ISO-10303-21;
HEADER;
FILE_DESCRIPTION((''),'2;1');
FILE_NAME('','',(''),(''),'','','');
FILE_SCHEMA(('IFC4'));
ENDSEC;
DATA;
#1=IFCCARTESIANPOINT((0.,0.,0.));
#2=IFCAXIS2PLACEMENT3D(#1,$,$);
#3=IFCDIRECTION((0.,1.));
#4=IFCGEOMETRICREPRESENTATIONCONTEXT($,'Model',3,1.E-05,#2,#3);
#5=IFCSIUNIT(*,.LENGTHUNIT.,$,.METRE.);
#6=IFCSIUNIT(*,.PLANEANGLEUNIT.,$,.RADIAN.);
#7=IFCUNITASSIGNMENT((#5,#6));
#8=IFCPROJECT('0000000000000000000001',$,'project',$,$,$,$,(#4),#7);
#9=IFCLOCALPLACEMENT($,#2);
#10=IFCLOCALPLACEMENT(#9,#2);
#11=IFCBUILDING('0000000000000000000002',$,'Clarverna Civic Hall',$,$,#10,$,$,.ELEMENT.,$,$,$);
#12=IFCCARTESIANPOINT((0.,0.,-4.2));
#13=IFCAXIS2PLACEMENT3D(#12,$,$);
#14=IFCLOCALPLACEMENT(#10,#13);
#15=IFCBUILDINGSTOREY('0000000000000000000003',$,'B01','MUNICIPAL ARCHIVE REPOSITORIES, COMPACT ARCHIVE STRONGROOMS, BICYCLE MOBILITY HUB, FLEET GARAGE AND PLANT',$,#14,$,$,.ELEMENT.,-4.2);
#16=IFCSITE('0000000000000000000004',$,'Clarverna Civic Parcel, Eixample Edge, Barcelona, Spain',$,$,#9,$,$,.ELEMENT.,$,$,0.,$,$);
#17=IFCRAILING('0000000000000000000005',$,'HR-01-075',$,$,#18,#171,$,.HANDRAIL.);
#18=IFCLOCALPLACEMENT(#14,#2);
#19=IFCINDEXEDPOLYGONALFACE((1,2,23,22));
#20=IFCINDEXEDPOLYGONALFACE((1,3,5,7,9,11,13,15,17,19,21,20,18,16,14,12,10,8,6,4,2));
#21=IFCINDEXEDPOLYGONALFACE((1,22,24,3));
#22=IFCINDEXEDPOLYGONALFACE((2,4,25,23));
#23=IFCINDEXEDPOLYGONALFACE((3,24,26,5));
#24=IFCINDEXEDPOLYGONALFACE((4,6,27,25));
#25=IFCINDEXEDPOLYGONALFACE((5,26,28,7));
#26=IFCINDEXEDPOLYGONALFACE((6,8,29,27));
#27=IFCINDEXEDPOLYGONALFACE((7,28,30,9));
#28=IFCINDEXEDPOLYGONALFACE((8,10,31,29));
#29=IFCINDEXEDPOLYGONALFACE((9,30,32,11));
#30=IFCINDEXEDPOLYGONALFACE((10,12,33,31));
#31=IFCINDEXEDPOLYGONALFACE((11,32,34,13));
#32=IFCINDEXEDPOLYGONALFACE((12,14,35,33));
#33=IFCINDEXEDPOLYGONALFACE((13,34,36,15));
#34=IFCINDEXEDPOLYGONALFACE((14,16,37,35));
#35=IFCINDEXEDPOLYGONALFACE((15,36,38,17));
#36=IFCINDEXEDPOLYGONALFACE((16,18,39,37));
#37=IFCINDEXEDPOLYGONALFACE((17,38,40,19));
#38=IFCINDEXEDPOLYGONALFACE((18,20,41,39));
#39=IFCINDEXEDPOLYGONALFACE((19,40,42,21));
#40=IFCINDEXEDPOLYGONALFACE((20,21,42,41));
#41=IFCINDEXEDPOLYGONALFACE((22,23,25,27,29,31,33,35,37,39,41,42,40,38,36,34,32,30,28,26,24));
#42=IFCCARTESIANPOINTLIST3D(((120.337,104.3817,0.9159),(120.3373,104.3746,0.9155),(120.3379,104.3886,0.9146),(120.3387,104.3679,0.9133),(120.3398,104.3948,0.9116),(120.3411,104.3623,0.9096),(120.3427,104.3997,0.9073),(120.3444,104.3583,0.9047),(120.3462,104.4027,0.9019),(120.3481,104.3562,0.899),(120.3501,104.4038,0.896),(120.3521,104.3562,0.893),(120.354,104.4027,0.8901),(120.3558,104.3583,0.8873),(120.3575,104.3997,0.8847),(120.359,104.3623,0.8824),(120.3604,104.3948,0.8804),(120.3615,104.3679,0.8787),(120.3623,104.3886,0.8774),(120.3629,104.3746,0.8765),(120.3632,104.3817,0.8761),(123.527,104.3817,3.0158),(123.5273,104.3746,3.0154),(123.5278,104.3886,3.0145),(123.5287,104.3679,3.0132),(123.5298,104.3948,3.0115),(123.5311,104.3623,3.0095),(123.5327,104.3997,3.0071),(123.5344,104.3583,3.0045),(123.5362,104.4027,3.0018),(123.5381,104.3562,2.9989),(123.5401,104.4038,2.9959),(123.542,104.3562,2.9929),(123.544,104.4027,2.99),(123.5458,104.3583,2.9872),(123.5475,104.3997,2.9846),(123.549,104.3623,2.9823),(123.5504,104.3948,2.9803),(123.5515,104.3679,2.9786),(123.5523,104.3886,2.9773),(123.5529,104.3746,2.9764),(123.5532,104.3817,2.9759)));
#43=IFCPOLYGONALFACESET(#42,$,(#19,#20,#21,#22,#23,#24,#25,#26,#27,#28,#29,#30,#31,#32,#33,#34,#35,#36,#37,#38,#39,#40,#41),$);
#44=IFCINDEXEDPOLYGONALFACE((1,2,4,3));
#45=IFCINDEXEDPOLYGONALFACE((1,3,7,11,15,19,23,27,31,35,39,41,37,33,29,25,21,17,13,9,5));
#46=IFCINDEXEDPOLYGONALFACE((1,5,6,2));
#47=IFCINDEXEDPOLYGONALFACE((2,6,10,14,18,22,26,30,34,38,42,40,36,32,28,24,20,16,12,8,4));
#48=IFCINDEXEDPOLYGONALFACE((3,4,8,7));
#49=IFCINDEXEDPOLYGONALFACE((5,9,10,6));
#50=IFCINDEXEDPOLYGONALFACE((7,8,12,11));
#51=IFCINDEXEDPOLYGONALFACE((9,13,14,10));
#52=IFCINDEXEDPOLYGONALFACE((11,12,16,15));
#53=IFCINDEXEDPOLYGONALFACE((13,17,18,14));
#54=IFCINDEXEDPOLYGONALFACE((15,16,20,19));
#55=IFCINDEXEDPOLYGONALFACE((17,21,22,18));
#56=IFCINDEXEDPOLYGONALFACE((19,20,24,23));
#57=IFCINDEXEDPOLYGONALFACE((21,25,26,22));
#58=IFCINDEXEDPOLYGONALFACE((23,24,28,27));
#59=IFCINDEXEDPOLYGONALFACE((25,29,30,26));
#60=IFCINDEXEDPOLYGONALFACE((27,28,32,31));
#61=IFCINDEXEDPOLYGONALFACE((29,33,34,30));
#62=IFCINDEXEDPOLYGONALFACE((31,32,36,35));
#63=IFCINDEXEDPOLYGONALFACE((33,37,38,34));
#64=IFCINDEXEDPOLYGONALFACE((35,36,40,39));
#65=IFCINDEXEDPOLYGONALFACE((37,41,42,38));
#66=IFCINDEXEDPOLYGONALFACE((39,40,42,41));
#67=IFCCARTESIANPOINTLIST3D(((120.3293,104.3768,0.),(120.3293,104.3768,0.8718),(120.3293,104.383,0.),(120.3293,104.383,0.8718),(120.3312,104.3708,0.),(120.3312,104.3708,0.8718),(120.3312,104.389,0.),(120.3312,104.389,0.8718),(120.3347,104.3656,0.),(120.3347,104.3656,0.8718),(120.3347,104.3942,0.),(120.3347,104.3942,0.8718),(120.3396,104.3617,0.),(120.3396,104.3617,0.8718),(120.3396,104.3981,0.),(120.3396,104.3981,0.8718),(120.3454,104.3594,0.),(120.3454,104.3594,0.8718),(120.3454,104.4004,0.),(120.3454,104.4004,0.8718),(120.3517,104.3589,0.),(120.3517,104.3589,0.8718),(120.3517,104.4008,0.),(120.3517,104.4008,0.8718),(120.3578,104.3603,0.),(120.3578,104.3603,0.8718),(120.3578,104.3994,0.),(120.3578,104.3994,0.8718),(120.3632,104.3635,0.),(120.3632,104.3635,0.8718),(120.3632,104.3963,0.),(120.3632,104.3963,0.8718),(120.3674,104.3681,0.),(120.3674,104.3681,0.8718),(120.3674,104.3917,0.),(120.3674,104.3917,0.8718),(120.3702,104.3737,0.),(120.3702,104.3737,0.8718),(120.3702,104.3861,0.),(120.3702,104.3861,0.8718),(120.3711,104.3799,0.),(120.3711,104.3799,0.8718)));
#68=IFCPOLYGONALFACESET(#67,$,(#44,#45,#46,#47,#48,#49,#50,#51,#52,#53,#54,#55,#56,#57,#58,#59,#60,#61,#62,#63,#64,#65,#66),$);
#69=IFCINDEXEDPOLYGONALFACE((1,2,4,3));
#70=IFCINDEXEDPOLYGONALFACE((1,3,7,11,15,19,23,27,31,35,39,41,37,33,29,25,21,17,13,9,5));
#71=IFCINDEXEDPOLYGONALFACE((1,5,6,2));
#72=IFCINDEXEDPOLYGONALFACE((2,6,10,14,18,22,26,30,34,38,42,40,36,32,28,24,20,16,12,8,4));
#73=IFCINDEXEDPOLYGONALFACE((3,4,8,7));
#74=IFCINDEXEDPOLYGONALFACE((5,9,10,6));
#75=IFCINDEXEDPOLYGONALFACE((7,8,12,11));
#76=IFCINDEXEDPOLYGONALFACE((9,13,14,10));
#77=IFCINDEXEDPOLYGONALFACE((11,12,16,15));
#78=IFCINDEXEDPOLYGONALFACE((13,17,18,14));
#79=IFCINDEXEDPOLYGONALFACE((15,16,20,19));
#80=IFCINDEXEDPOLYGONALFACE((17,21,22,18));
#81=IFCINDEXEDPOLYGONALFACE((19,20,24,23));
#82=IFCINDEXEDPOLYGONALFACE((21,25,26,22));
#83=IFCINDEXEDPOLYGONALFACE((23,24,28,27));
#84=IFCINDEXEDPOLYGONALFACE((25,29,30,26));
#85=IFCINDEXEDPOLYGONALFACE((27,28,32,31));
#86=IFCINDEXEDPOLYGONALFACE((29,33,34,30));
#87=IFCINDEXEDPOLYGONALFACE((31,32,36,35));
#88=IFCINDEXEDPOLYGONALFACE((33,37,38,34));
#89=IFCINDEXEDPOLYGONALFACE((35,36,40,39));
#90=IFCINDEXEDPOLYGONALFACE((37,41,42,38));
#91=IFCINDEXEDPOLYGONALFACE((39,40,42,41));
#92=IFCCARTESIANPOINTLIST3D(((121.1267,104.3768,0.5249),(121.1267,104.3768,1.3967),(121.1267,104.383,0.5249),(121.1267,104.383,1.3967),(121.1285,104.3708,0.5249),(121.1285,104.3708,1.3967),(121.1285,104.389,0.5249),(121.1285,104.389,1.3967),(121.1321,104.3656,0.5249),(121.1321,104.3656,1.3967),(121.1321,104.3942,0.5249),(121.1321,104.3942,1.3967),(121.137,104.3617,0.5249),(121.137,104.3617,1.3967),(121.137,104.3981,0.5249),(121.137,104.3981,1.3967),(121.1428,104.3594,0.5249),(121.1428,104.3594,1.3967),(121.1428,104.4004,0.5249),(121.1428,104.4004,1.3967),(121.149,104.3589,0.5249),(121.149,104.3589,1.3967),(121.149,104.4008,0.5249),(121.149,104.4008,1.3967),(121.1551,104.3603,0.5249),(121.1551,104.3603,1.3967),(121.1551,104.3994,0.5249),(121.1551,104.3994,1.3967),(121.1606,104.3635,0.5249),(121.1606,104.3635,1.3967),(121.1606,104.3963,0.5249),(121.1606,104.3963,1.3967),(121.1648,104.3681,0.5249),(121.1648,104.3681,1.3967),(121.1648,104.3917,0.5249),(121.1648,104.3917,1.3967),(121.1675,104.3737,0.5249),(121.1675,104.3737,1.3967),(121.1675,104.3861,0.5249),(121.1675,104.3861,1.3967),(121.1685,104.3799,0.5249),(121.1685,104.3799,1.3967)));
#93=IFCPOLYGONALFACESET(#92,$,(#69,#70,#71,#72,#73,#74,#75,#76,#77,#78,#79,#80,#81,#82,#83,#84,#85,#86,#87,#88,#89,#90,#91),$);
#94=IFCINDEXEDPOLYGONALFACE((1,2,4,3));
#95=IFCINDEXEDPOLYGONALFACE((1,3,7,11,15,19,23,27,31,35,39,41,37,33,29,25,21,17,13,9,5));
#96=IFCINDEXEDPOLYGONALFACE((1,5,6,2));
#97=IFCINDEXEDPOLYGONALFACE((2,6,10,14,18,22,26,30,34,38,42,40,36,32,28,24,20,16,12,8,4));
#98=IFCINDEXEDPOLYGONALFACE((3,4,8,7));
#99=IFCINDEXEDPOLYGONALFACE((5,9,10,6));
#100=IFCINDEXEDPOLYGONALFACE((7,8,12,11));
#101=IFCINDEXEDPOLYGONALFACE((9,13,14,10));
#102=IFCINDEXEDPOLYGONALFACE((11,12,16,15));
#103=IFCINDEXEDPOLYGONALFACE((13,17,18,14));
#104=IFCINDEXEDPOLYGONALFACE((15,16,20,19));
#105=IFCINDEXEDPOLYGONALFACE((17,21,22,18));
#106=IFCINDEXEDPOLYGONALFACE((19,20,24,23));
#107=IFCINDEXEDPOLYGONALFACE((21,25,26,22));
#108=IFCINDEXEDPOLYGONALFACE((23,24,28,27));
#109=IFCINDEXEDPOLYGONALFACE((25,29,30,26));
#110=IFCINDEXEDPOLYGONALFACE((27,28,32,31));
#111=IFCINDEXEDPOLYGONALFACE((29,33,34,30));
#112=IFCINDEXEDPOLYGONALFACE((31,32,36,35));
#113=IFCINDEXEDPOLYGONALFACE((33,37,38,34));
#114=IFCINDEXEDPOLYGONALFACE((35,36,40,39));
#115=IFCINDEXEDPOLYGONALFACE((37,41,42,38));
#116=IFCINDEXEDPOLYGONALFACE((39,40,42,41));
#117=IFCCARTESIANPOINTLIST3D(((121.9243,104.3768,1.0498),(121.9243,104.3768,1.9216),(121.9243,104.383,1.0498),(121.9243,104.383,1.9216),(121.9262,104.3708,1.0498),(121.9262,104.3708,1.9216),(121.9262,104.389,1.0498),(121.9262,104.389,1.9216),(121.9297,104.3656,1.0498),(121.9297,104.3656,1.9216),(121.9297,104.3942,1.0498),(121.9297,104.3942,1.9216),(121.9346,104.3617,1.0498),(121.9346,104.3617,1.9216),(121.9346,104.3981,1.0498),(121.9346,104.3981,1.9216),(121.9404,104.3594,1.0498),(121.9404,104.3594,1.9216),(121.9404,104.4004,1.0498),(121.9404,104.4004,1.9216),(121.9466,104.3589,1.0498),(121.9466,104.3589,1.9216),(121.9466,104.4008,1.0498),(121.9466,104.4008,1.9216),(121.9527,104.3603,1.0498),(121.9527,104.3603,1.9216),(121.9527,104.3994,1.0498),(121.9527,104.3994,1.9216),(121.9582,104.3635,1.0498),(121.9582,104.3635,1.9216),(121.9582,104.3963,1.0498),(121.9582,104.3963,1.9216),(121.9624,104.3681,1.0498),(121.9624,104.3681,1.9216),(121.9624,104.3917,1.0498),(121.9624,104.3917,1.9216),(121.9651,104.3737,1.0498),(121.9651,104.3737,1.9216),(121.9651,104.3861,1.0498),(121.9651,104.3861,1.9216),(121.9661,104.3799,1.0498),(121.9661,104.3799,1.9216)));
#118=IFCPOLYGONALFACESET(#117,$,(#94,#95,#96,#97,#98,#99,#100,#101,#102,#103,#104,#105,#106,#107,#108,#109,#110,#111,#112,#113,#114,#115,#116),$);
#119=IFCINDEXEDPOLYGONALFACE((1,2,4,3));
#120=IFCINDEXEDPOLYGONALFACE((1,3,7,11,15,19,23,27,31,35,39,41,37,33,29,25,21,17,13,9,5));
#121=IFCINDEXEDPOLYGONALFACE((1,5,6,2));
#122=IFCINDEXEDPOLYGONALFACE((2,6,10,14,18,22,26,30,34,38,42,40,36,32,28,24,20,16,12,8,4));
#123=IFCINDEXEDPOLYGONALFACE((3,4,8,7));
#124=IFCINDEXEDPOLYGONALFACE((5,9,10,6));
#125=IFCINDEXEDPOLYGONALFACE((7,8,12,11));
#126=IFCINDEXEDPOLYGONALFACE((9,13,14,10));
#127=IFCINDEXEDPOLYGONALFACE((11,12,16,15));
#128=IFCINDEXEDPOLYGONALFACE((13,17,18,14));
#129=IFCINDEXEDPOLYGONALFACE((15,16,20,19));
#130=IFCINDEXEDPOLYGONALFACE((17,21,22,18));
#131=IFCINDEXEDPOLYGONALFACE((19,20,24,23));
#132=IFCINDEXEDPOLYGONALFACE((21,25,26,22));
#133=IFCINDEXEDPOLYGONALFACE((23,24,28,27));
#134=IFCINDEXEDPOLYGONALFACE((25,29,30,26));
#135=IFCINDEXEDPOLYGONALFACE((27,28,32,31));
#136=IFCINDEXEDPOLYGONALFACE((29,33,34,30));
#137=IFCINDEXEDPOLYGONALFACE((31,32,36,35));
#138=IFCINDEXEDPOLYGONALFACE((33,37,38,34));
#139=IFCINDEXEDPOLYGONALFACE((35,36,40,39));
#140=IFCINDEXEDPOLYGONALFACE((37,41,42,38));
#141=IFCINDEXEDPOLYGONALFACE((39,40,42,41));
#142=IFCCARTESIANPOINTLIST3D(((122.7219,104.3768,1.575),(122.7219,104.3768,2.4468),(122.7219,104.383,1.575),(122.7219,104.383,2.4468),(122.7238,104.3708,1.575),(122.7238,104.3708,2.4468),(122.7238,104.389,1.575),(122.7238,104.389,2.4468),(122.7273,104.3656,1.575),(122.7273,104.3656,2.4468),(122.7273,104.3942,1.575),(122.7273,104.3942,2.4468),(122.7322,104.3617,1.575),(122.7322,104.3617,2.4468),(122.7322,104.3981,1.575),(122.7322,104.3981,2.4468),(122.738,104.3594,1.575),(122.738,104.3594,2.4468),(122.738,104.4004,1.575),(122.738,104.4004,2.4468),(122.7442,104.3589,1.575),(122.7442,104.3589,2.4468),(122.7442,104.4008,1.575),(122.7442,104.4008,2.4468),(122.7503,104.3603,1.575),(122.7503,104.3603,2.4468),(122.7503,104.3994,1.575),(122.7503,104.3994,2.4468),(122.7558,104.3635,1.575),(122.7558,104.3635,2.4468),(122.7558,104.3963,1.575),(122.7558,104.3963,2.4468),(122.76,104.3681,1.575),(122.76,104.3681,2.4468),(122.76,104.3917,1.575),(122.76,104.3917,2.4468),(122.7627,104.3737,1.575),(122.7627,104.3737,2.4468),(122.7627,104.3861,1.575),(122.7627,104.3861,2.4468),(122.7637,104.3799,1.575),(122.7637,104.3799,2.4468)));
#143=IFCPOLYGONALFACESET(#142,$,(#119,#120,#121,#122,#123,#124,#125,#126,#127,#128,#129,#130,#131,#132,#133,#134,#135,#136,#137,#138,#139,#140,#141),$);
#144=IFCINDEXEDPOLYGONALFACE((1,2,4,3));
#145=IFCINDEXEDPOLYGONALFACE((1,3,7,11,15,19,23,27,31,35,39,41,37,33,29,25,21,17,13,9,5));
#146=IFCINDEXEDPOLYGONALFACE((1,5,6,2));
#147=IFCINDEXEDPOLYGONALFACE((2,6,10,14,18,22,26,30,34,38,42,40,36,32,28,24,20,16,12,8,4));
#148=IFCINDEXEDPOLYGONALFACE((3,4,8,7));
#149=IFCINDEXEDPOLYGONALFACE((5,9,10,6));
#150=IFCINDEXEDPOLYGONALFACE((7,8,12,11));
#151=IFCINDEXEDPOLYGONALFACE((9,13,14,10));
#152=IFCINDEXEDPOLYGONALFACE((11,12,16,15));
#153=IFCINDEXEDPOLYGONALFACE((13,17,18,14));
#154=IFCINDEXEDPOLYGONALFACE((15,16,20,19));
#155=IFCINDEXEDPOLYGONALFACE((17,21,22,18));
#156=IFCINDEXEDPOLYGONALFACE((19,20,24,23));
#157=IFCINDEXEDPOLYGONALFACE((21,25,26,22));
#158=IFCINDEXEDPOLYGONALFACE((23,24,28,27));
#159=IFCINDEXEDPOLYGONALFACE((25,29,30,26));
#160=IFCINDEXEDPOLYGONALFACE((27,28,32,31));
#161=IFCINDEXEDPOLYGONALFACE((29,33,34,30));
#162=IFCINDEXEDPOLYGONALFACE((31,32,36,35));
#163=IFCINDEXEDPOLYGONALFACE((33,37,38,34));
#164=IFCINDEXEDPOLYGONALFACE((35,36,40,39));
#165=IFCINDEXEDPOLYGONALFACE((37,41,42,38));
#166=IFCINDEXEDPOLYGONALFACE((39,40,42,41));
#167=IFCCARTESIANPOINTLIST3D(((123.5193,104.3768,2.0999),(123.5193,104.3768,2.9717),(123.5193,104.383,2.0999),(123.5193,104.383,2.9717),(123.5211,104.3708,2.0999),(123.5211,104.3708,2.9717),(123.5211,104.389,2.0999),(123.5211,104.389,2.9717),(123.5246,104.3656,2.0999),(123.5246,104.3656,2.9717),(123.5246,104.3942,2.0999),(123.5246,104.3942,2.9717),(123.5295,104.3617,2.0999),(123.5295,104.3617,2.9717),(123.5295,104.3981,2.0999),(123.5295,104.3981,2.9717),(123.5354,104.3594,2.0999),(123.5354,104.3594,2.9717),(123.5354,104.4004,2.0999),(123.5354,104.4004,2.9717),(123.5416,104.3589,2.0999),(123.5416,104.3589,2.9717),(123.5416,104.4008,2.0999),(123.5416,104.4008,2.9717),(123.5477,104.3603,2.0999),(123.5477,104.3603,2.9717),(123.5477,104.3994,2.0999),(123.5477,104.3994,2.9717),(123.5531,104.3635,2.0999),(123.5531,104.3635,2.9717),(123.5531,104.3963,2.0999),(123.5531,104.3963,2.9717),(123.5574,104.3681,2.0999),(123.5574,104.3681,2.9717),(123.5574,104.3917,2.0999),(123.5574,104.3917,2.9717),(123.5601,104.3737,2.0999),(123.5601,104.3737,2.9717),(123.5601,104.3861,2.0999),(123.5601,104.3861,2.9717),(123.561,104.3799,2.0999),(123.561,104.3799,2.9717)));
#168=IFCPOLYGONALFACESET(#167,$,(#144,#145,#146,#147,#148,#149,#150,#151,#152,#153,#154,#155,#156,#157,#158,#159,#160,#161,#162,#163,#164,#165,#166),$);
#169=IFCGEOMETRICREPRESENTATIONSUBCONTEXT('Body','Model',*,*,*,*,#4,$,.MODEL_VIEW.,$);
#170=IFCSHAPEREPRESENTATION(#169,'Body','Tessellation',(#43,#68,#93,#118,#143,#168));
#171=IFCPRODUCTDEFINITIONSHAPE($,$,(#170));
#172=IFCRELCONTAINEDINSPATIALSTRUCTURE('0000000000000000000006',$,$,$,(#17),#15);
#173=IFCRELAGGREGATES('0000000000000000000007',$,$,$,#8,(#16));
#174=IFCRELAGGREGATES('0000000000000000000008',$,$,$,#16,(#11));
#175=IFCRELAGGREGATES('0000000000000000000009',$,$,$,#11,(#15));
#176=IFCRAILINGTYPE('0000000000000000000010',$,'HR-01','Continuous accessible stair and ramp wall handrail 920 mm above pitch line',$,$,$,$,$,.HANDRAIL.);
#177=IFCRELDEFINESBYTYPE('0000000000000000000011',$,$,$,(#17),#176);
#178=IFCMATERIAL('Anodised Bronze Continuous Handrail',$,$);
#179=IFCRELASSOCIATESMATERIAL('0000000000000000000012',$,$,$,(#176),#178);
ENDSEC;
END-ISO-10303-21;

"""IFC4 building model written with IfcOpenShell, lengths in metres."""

from ifc_helpers import new_model, si_unit, direction, frame, origin, origin_2d, place, context, subcontext, project, spatial, circle, extrude, material, type_object, element, save


model = new_model("IFC4")

# Units and contexts
model_context = context("Model", 3, precision=1e-05, world=origin(), true_north=direction((0.0, 1.0)))
body_context = subcontext(model_context, "Body", "Model", "MODEL_VIEW")
ifc_project = project(units=[si_unit("LENGTHUNIT", "METRE"), si_unit("PLANEANGLEUNIT", "RADIAN")], contexts=[model_context])

# Site, building, storey
site_placement = place(None, origin())
site = spatial("IfcSite", under=ifc_project, at=site_placement, Name="Clarverna Civic Parcel, Eixample Edge, Barcelona, Spain", CompositionType="ELEMENT", RefElevation=0.0)
building_placement = place(site_placement, origin())
building = spatial("IfcBuilding", under=site, at=building_placement, Name="Clarverna Civic Hall", CompositionType="ELEMENT")
storey_placement = place(building_placement, frame((0.0, 0.0, -4.2)))
storey = spatial("IfcBuildingStorey", under=building, at=storey_placement, Name="B01", Description="MUNICIPAL ARCHIVE REPOSITORIES, COMPACT ARCHIVE STRONGROOMS, BICYCLE MOBILITY HUB, FLEET GARAGE AND PLANT", CompositionType="ELEMENT", Elevation=-4.2)

# Railing
ifc_material_1 = material(Name="Anodised Bronze Continuous Handrail")
railing_type = type_object("IfcRailingType", Name="HR-01", Description="Continuous accessible stair and ramp wall handrail 920 mm above pitch line", PredefinedType="HANDRAIL", material=ifc_material_1)
railing_placement = place(storey_placement, frame((120.3501, 104.3799, 0.0)))
element("IfcRailing", 1, at=railing_placement, inside=storey, type_object=railing_type, Name="HR-01-075", PredefinedType="HANDRAIL", context=body_context, shape_type="SweptSolid", body=[
    extrude(circle(Radius=0.0239, at=origin_2d()), frame((0.0, 0.0, 0.896), z_axis=(0.835272, 0.0, 0.549837), x_axis=(0.0, 1.0, 0.0)), (0.0, 0.0, 1.0), 3.8191),
    extrude(circle(Radius=0.021, at=origin_2d()), origin(), (0.0, 0.0, 1.0), 0.8718),
    extrude(circle(Radius=0.021, at=origin_2d()), frame((0.7974, 0.0, 0.5249)), (0.0, 0.0, 1.0), 0.8718),
    extrude(circle(Radius=0.021, at=origin_2d()), frame((1.595, 0.0, 1.0498)), (0.0, 0.0, 1.0), 0.8718),
    extrude(circle(Radius=0.021, at=origin_2d()), frame((2.3926, 0.0, 1.575)), (0.0, 0.0, 1.0), 0.8718),
    extrude(circle(Radius=0.021, at=origin_2d()), frame((3.1899, 0.0, 2.0999)), (0.0, 0.0, 1.0), 0.8718),
])

save(model, "model.ifc")
